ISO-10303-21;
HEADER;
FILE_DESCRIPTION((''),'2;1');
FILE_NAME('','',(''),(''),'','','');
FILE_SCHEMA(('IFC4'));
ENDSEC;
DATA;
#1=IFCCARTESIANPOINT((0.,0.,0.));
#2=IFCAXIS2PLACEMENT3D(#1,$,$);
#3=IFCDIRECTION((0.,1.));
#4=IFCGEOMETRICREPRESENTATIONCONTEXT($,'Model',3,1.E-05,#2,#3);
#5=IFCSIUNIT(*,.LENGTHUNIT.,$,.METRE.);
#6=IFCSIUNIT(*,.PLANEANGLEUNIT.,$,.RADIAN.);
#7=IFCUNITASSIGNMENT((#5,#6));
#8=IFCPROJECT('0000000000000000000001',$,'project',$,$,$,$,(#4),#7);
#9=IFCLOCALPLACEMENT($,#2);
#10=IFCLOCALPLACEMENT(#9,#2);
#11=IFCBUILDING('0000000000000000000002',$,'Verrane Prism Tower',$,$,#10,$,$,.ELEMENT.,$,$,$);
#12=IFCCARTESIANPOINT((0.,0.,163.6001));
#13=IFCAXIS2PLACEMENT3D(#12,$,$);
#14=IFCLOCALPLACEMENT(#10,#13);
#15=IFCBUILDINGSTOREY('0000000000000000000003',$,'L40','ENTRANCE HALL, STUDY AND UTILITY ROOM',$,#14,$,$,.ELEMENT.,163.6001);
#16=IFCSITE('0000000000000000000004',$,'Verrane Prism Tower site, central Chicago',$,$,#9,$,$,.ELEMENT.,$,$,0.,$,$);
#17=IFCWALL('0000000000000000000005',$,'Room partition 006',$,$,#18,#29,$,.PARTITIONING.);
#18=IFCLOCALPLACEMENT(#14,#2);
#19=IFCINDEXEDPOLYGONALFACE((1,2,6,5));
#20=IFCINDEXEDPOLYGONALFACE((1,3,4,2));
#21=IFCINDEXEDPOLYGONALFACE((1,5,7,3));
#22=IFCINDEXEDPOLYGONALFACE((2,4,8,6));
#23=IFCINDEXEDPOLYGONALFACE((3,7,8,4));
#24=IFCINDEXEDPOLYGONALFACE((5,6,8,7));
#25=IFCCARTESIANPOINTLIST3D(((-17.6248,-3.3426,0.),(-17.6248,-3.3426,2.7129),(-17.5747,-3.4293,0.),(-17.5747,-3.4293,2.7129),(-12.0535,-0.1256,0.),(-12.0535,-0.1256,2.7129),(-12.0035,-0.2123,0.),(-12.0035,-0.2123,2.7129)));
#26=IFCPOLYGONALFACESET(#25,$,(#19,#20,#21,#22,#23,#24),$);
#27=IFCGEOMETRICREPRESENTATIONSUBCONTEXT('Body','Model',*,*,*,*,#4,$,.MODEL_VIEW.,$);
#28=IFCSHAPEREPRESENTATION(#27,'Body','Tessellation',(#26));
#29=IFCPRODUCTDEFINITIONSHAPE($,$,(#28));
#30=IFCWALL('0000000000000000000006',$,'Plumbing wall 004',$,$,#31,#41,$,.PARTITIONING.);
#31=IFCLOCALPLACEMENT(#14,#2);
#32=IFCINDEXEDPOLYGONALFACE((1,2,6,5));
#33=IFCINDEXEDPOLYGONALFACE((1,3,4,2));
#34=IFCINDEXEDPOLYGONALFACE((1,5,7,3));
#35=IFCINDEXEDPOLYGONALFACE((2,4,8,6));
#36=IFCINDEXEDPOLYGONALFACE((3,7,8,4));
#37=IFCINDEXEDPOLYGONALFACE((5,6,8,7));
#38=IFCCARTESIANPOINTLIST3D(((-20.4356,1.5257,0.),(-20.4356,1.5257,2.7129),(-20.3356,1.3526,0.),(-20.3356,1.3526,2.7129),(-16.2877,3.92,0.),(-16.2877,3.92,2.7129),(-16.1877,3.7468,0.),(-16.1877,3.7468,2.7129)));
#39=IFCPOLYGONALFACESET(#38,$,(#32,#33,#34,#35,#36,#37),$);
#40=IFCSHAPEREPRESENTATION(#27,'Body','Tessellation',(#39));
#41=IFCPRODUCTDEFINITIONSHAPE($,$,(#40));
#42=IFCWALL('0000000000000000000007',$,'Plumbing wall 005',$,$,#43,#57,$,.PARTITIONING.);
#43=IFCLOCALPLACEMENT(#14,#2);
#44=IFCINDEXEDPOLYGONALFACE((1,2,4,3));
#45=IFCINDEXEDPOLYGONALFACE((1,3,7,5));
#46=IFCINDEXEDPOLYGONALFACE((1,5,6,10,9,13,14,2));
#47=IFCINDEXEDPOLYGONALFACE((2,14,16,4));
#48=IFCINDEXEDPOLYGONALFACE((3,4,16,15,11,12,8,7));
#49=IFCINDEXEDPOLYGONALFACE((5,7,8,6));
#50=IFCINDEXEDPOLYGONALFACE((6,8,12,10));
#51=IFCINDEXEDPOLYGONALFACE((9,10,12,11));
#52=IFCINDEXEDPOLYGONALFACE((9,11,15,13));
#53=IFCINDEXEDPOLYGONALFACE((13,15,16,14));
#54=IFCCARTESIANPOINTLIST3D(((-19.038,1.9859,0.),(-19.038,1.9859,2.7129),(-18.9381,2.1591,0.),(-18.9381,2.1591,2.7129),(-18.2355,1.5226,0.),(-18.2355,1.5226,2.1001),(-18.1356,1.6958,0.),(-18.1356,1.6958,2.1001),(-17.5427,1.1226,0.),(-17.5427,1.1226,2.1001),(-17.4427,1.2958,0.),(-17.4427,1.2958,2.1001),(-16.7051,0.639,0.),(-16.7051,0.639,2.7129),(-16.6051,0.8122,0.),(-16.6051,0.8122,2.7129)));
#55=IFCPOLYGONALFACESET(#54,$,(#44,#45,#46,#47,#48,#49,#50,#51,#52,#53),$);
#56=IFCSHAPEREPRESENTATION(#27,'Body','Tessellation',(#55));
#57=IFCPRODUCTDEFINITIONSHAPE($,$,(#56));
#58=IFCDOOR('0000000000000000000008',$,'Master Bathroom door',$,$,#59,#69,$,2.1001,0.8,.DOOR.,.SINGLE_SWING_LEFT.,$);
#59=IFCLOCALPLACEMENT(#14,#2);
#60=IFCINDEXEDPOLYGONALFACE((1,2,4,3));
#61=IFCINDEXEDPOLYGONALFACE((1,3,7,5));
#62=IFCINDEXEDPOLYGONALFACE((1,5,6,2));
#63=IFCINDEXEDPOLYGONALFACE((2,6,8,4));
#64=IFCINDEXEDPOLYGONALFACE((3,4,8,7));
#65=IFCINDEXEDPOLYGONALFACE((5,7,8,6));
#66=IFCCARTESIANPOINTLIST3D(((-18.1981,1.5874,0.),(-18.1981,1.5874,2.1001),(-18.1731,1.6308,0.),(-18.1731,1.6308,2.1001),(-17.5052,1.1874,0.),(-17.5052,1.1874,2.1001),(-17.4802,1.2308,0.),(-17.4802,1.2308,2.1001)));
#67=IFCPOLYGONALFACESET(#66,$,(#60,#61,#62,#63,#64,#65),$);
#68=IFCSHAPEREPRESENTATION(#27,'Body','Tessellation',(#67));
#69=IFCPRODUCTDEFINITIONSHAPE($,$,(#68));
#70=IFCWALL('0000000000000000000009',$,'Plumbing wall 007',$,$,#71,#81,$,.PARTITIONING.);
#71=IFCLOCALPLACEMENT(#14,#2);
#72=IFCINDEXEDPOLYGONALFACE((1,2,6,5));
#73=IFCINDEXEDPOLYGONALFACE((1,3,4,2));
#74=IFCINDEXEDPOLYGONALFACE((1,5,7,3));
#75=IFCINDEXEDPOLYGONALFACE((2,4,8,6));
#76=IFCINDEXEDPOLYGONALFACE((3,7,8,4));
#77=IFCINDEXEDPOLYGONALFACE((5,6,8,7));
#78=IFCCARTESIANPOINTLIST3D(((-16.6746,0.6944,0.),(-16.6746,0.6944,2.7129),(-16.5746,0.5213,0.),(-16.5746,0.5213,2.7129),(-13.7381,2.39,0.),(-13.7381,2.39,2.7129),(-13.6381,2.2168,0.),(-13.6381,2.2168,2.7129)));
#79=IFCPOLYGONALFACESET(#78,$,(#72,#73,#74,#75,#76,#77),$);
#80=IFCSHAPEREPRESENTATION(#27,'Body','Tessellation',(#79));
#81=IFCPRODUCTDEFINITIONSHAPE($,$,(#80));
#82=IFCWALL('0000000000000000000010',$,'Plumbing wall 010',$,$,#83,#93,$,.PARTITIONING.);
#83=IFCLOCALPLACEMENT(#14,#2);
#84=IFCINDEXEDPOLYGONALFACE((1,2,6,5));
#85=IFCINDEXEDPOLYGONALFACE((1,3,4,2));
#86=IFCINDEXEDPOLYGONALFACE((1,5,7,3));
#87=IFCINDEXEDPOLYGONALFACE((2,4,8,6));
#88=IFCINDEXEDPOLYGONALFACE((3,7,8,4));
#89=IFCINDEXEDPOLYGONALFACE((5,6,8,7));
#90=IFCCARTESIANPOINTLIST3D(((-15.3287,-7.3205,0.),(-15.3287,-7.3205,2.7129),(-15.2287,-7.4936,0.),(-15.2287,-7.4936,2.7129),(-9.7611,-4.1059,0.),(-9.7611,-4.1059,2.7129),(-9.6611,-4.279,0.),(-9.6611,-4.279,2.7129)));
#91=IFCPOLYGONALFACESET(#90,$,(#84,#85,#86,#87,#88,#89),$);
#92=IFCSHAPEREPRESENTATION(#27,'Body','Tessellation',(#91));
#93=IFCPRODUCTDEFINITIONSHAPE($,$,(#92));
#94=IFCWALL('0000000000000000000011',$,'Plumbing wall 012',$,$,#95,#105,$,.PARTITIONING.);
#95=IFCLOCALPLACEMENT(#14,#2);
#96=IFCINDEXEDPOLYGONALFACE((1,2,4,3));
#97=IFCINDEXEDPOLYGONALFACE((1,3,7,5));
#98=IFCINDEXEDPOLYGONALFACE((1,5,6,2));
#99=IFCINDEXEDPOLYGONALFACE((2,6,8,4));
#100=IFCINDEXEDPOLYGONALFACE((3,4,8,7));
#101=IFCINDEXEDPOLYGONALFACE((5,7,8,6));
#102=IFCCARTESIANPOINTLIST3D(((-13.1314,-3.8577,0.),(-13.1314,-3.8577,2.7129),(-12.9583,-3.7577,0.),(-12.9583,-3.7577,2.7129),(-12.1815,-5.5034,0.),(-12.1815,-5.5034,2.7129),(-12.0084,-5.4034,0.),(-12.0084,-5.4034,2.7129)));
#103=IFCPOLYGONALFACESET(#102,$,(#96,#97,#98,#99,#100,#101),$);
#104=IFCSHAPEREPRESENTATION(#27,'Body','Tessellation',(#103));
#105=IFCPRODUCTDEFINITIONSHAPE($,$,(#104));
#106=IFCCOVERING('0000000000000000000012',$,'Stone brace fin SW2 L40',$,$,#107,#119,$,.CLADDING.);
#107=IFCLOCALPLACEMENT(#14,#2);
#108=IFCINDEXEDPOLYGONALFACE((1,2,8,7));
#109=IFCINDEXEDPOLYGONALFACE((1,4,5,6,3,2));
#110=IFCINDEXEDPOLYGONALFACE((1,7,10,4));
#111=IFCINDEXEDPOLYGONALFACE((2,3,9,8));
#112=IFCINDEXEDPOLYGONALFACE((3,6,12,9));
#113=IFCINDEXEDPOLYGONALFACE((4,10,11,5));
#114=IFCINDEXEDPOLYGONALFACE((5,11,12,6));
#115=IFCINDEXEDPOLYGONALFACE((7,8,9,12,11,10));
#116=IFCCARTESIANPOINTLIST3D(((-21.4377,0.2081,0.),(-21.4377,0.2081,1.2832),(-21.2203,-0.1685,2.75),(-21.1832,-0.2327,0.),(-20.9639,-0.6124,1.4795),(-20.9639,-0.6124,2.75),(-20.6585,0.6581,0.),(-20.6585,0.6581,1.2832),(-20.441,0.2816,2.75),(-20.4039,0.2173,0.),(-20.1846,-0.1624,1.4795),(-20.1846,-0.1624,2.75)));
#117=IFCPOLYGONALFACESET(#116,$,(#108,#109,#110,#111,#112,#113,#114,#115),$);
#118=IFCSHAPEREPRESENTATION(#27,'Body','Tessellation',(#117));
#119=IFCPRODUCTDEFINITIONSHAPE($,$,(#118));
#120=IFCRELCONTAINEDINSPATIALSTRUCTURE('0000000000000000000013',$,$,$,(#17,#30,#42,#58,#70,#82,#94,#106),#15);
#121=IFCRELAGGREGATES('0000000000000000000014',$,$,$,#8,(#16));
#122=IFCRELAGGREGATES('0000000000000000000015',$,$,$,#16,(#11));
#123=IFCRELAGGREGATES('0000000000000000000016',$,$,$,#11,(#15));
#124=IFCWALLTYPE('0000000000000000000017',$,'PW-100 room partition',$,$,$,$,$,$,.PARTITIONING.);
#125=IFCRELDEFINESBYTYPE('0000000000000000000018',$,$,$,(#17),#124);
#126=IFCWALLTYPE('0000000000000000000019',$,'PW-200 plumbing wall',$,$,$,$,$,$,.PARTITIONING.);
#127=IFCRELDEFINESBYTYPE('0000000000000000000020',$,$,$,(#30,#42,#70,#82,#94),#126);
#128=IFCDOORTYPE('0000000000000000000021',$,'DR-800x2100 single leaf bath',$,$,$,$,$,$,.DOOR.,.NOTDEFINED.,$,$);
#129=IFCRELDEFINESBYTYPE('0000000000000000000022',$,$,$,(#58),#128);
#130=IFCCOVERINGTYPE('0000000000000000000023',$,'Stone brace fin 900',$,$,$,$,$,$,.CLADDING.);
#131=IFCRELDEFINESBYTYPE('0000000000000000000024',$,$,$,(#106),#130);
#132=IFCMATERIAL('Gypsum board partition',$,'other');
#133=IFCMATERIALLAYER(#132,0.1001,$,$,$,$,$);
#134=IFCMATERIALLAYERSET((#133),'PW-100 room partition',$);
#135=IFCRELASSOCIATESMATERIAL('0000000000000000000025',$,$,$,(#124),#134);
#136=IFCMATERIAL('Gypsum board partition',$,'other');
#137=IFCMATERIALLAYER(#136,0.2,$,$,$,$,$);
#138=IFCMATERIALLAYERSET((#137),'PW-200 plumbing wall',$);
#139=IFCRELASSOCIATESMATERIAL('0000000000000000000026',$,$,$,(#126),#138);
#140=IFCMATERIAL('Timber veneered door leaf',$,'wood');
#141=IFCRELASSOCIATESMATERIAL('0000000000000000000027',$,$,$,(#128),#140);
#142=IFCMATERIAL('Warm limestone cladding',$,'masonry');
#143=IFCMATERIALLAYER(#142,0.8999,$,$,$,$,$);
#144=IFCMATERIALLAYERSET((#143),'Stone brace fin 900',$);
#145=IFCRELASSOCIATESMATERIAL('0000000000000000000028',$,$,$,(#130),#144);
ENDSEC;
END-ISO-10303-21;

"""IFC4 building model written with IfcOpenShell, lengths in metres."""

from ifc_helpers import new_model, si_unit, direction, frame, frame_2d, origin, place, context, subcontext, project, spatial, polyline, rectangle, outline, extrude, material, layer, layer_set, type_object, element, fill, save


model = new_model("IFC4")

# Units and contexts
model_context = context("Model", 3, precision=1e-05, world=origin(), true_north=direction((0.0, 1.0)))
body_context = subcontext(model_context, "Body", "Model", "MODEL_VIEW")
ifc_project = project(units=[si_unit("LENGTHUNIT", "METRE"), si_unit("PLANEANGLEUNIT", "RADIAN")], contexts=[model_context])

# Site, building, storey
site_placement = place(None, origin())
site = spatial("IfcSite", under=ifc_project, at=site_placement, Name="Verrane Prism Tower site, central Chicago", CompositionType="ELEMENT", RefElevation=0.0)
building_placement = place(site_placement, origin())
building = spatial("IfcBuilding", under=site, at=building_placement, Name="Verrane Prism Tower", CompositionType="ELEMENT")
storey_placement = place(building_placement, frame((0.0, 0.0, 163.6001)))
storey = spatial("IfcBuildingStorey", under=building, at=storey_placement, Name="L40", Description="ENTRANCE HALL, STUDY AND UTILITY ROOM", CompositionType="ELEMENT", Elevation=163.6001)

# Walls
ifc_material_1 = material(Name="Gypsum board partition", Category="other")
ifc_layer_1 = layer(ifc_material_1, 0.1001)
ifc_layer_set_1 = layer_set([ifc_layer_1], Name="PW-100 room partition")
wall_type_1 = type_object("IfcWallType", Name="PW-100 room partition", PredefinedType="PARTITIONING", material=ifc_layer_set_1)
wall_1_placement = place(storey_placement, frame((-17.5999, -3.386, 0.0), z_axis=(0.0, 0.0, 1.0), x_axis=(0.865995, 0.500053, 0.0)))
element("IfcWall", 1, at=wall_1_placement, inside=storey, type_object=wall_type_1, Name="Room partition 006", PredefinedType="PARTITIONING", context=body_context, shape_type="SweptSolid", body=[
    extrude(rectangle(XDim=6.4333, YDim=0.1001, at=frame_2d((3.2168, 0.0))), origin(), (0.0, 0.0, 1.0), 2.7129),
])
ifc_material_2 = material(Name="Gypsum board partition", Category="other")
ifc_layer_2 = layer(ifc_material_2, 0.2)
ifc_layer_set_2 = layer_set([ifc_layer_2], Name="PW-200 plumbing wall")
wall_type_2 = type_object("IfcWallType", Name="PW-200 plumbing wall", PredefinedType="PARTITIONING", material=ifc_layer_set_2)
wall_2_placement = place(storey_placement, frame((-20.3855, 1.4392, 0.0), z_axis=(0.0, 0.0, 1.0), x_axis=(0.866074, 0.499917, 0.0)))
element("IfcWall", 2, at=wall_2_placement, inside=storey, type_object=wall_type_2, Name="Plumbing wall 004", PredefinedType="PARTITIONING", context=body_context, shape_type="SweptSolid", body=[
    extrude(rectangle(XDim=4.7893, YDim=0.2, at=frame_2d((2.3945, 0.0))), origin(), (0.0, 0.0, 1.0), 2.7129),
])

# Wall, opening, door
wall_3_placement = place(storey_placement, frame((-18.988, 2.0725, 0.0), z_axis=(0.0, 0.0, 1.0), x_axis=(0.866032, -0.499989, 0.0)))
wall_3 = element("IfcWall", 3, at=wall_3_placement, inside=storey, type_object=wall_type_2, Name="Plumbing wall 005", PredefinedType="PARTITIONING", context=body_context, shape_type="SweptSolid", body=[
    extrude(rectangle(XDim=2.6938, YDim=0.2, at=frame_2d((1.3469, 0.0))), origin(), (0.0, 0.0, 1.0), 2.7129),
])
opening_placement = place(wall_3_placement, frame((0.9268, 0.0, 0.0)))
opening = element("IfcOpeningElement", 4, at=opening_placement, cuts=wall_3, PredefinedType="OPENING", context=body_context, shape_type="SweptSolid", body=[
    extrude(rectangle(XDim=0.8, YDim=2.1001, at=frame_2d((0.3999, 1.05))), frame((0.0, 0.1099, 0.0), z_axis=(0.0, -1.0, 0.0), x_axis=(1.0, 0.0, 0.0)), (0.0, 0.0, 1.0), 0.22),
])
ifc_material_3 = material(Name="Timber veneered door leaf", Category="wood")
door_type = type_object("IfcDoorType", Name="DR-800x2100 single leaf bath", OperationType="NOTDEFINED", PredefinedType="DOOR", material=ifc_material_3)
door_placement = place(opening_placement, origin())
door = element("IfcDoor", 5, at=door_placement, inside=storey, type_object=door_type, Name="Master Bathroom door", OperationType="SINGLE_SWING_LEFT", OverallHeight=2.1001, OverallWidth=0.8, PredefinedType="DOOR", context=body_context, shape_type="SweptSolid", body=[
    extrude(rectangle(XDim=0.8, YDim=2.1001, at=frame_2d((0.3999, 1.05))), frame((0.0, 0.0249, 0.0), z_axis=(0.0, -1.0, 0.0), x_axis=(1.0, 0.0, 0.0)), (0.0, 0.0, 1.0), 0.05),
])
fill(opening, door)

# Walls
wall_4_placement = place(storey_placement, frame((-16.6245, 0.6079, 0.0), z_axis=(0.0, 0.0, 1.0), x_axis=(0.866006, 0.500034, 0.0)))
element("IfcWall", 6, at=wall_4_placement, inside=storey, type_object=wall_type_2, Name="Plumbing wall 007", PredefinedType="PARTITIONING", context=body_context, shape_type="SweptSolid", body=[
    extrude(rectangle(XDim=3.3909, YDim=0.2, at=frame_2d((1.6953, 0.0))), origin(), (0.0, 0.0, 1.0), 2.7129),
])
wall_5_placement = place(storey_placement, frame((-15.2786, -7.407, 0.0), z_axis=(0.0, 0.0, 1.0), x_axis=(0.866017, 0.500015, 0.0)))
element("IfcWall", 7, at=wall_5_placement, inside=storey, type_object=wall_type_2, Name="Plumbing wall 010", PredefinedType="PARTITIONING", context=body_context, shape_type="SweptSolid", body=[
    extrude(rectangle(XDim=6.429, YDim=0.2, at=frame_2d((3.2144, 0.0))), origin(), (0.0, 0.0, 1.0), 2.7129),
])
wall_6_placement = place(storey_placement, frame((-13.0449, -3.8076, 0.0), z_axis=(0.0, 0.0, 1.0), x_axis=(0.499912, -0.866076, 0.0)))
element("IfcWall", 8, at=wall_6_placement, inside=storey, type_object=wall_type_2, Name="Plumbing wall 012", PredefinedType="PARTITIONING", context=body_context, shape_type="SweptSolid", body=[
    extrude(rectangle(XDim=1.9001, YDim=0.2, at=frame_2d((0.9502, 0.0))), origin(), (0.0, 0.0, 1.0), 2.7129),
])

# Covering
ifc_material_4 = material(Name="Warm limestone cladding", Category="masonry")
ifc_layer_3 = layer(ifc_material_4, 0.8999)
ifc_layer_set_3 = layer_set([ifc_layer_3], Name="Stone brace fin 900")
covering_type = type_object("IfcCoveringType", Name="Stone brace fin 900", PredefinedType="CLADDING", material=ifc_layer_set_3)
covering_placement = place(storey_placement, frame((-21.0481, 0.4331, 0.0), z_axis=(0.0, 0.0, 1.0), x_axis=(0.500102, -0.865967, 0.0)))
element("IfcCovering", 9, at=covering_placement, inside=storey, type_object=covering_type, Name="Stone brace fin SW2 L40", PredefinedType="CLADDING", context=body_context, shape_type="SweptSolid", body=[
    extrude(outline(polyline([(0.9475, 2.75), (0.4348, 2.75), (0.0, 1.2832), (0.0, 0.0), (0.509, 0.0), (0.9475, 1.4795), (0.9475, 2.75)])), frame((0.0, 0.45, 0.0), z_axis=(0.0, -1.0, 0.0), x_axis=(1.0, 0.0, 0.0)), (0.0, 0.0, 1.0), 0.8999),
])

save(model, "model.ifc")
